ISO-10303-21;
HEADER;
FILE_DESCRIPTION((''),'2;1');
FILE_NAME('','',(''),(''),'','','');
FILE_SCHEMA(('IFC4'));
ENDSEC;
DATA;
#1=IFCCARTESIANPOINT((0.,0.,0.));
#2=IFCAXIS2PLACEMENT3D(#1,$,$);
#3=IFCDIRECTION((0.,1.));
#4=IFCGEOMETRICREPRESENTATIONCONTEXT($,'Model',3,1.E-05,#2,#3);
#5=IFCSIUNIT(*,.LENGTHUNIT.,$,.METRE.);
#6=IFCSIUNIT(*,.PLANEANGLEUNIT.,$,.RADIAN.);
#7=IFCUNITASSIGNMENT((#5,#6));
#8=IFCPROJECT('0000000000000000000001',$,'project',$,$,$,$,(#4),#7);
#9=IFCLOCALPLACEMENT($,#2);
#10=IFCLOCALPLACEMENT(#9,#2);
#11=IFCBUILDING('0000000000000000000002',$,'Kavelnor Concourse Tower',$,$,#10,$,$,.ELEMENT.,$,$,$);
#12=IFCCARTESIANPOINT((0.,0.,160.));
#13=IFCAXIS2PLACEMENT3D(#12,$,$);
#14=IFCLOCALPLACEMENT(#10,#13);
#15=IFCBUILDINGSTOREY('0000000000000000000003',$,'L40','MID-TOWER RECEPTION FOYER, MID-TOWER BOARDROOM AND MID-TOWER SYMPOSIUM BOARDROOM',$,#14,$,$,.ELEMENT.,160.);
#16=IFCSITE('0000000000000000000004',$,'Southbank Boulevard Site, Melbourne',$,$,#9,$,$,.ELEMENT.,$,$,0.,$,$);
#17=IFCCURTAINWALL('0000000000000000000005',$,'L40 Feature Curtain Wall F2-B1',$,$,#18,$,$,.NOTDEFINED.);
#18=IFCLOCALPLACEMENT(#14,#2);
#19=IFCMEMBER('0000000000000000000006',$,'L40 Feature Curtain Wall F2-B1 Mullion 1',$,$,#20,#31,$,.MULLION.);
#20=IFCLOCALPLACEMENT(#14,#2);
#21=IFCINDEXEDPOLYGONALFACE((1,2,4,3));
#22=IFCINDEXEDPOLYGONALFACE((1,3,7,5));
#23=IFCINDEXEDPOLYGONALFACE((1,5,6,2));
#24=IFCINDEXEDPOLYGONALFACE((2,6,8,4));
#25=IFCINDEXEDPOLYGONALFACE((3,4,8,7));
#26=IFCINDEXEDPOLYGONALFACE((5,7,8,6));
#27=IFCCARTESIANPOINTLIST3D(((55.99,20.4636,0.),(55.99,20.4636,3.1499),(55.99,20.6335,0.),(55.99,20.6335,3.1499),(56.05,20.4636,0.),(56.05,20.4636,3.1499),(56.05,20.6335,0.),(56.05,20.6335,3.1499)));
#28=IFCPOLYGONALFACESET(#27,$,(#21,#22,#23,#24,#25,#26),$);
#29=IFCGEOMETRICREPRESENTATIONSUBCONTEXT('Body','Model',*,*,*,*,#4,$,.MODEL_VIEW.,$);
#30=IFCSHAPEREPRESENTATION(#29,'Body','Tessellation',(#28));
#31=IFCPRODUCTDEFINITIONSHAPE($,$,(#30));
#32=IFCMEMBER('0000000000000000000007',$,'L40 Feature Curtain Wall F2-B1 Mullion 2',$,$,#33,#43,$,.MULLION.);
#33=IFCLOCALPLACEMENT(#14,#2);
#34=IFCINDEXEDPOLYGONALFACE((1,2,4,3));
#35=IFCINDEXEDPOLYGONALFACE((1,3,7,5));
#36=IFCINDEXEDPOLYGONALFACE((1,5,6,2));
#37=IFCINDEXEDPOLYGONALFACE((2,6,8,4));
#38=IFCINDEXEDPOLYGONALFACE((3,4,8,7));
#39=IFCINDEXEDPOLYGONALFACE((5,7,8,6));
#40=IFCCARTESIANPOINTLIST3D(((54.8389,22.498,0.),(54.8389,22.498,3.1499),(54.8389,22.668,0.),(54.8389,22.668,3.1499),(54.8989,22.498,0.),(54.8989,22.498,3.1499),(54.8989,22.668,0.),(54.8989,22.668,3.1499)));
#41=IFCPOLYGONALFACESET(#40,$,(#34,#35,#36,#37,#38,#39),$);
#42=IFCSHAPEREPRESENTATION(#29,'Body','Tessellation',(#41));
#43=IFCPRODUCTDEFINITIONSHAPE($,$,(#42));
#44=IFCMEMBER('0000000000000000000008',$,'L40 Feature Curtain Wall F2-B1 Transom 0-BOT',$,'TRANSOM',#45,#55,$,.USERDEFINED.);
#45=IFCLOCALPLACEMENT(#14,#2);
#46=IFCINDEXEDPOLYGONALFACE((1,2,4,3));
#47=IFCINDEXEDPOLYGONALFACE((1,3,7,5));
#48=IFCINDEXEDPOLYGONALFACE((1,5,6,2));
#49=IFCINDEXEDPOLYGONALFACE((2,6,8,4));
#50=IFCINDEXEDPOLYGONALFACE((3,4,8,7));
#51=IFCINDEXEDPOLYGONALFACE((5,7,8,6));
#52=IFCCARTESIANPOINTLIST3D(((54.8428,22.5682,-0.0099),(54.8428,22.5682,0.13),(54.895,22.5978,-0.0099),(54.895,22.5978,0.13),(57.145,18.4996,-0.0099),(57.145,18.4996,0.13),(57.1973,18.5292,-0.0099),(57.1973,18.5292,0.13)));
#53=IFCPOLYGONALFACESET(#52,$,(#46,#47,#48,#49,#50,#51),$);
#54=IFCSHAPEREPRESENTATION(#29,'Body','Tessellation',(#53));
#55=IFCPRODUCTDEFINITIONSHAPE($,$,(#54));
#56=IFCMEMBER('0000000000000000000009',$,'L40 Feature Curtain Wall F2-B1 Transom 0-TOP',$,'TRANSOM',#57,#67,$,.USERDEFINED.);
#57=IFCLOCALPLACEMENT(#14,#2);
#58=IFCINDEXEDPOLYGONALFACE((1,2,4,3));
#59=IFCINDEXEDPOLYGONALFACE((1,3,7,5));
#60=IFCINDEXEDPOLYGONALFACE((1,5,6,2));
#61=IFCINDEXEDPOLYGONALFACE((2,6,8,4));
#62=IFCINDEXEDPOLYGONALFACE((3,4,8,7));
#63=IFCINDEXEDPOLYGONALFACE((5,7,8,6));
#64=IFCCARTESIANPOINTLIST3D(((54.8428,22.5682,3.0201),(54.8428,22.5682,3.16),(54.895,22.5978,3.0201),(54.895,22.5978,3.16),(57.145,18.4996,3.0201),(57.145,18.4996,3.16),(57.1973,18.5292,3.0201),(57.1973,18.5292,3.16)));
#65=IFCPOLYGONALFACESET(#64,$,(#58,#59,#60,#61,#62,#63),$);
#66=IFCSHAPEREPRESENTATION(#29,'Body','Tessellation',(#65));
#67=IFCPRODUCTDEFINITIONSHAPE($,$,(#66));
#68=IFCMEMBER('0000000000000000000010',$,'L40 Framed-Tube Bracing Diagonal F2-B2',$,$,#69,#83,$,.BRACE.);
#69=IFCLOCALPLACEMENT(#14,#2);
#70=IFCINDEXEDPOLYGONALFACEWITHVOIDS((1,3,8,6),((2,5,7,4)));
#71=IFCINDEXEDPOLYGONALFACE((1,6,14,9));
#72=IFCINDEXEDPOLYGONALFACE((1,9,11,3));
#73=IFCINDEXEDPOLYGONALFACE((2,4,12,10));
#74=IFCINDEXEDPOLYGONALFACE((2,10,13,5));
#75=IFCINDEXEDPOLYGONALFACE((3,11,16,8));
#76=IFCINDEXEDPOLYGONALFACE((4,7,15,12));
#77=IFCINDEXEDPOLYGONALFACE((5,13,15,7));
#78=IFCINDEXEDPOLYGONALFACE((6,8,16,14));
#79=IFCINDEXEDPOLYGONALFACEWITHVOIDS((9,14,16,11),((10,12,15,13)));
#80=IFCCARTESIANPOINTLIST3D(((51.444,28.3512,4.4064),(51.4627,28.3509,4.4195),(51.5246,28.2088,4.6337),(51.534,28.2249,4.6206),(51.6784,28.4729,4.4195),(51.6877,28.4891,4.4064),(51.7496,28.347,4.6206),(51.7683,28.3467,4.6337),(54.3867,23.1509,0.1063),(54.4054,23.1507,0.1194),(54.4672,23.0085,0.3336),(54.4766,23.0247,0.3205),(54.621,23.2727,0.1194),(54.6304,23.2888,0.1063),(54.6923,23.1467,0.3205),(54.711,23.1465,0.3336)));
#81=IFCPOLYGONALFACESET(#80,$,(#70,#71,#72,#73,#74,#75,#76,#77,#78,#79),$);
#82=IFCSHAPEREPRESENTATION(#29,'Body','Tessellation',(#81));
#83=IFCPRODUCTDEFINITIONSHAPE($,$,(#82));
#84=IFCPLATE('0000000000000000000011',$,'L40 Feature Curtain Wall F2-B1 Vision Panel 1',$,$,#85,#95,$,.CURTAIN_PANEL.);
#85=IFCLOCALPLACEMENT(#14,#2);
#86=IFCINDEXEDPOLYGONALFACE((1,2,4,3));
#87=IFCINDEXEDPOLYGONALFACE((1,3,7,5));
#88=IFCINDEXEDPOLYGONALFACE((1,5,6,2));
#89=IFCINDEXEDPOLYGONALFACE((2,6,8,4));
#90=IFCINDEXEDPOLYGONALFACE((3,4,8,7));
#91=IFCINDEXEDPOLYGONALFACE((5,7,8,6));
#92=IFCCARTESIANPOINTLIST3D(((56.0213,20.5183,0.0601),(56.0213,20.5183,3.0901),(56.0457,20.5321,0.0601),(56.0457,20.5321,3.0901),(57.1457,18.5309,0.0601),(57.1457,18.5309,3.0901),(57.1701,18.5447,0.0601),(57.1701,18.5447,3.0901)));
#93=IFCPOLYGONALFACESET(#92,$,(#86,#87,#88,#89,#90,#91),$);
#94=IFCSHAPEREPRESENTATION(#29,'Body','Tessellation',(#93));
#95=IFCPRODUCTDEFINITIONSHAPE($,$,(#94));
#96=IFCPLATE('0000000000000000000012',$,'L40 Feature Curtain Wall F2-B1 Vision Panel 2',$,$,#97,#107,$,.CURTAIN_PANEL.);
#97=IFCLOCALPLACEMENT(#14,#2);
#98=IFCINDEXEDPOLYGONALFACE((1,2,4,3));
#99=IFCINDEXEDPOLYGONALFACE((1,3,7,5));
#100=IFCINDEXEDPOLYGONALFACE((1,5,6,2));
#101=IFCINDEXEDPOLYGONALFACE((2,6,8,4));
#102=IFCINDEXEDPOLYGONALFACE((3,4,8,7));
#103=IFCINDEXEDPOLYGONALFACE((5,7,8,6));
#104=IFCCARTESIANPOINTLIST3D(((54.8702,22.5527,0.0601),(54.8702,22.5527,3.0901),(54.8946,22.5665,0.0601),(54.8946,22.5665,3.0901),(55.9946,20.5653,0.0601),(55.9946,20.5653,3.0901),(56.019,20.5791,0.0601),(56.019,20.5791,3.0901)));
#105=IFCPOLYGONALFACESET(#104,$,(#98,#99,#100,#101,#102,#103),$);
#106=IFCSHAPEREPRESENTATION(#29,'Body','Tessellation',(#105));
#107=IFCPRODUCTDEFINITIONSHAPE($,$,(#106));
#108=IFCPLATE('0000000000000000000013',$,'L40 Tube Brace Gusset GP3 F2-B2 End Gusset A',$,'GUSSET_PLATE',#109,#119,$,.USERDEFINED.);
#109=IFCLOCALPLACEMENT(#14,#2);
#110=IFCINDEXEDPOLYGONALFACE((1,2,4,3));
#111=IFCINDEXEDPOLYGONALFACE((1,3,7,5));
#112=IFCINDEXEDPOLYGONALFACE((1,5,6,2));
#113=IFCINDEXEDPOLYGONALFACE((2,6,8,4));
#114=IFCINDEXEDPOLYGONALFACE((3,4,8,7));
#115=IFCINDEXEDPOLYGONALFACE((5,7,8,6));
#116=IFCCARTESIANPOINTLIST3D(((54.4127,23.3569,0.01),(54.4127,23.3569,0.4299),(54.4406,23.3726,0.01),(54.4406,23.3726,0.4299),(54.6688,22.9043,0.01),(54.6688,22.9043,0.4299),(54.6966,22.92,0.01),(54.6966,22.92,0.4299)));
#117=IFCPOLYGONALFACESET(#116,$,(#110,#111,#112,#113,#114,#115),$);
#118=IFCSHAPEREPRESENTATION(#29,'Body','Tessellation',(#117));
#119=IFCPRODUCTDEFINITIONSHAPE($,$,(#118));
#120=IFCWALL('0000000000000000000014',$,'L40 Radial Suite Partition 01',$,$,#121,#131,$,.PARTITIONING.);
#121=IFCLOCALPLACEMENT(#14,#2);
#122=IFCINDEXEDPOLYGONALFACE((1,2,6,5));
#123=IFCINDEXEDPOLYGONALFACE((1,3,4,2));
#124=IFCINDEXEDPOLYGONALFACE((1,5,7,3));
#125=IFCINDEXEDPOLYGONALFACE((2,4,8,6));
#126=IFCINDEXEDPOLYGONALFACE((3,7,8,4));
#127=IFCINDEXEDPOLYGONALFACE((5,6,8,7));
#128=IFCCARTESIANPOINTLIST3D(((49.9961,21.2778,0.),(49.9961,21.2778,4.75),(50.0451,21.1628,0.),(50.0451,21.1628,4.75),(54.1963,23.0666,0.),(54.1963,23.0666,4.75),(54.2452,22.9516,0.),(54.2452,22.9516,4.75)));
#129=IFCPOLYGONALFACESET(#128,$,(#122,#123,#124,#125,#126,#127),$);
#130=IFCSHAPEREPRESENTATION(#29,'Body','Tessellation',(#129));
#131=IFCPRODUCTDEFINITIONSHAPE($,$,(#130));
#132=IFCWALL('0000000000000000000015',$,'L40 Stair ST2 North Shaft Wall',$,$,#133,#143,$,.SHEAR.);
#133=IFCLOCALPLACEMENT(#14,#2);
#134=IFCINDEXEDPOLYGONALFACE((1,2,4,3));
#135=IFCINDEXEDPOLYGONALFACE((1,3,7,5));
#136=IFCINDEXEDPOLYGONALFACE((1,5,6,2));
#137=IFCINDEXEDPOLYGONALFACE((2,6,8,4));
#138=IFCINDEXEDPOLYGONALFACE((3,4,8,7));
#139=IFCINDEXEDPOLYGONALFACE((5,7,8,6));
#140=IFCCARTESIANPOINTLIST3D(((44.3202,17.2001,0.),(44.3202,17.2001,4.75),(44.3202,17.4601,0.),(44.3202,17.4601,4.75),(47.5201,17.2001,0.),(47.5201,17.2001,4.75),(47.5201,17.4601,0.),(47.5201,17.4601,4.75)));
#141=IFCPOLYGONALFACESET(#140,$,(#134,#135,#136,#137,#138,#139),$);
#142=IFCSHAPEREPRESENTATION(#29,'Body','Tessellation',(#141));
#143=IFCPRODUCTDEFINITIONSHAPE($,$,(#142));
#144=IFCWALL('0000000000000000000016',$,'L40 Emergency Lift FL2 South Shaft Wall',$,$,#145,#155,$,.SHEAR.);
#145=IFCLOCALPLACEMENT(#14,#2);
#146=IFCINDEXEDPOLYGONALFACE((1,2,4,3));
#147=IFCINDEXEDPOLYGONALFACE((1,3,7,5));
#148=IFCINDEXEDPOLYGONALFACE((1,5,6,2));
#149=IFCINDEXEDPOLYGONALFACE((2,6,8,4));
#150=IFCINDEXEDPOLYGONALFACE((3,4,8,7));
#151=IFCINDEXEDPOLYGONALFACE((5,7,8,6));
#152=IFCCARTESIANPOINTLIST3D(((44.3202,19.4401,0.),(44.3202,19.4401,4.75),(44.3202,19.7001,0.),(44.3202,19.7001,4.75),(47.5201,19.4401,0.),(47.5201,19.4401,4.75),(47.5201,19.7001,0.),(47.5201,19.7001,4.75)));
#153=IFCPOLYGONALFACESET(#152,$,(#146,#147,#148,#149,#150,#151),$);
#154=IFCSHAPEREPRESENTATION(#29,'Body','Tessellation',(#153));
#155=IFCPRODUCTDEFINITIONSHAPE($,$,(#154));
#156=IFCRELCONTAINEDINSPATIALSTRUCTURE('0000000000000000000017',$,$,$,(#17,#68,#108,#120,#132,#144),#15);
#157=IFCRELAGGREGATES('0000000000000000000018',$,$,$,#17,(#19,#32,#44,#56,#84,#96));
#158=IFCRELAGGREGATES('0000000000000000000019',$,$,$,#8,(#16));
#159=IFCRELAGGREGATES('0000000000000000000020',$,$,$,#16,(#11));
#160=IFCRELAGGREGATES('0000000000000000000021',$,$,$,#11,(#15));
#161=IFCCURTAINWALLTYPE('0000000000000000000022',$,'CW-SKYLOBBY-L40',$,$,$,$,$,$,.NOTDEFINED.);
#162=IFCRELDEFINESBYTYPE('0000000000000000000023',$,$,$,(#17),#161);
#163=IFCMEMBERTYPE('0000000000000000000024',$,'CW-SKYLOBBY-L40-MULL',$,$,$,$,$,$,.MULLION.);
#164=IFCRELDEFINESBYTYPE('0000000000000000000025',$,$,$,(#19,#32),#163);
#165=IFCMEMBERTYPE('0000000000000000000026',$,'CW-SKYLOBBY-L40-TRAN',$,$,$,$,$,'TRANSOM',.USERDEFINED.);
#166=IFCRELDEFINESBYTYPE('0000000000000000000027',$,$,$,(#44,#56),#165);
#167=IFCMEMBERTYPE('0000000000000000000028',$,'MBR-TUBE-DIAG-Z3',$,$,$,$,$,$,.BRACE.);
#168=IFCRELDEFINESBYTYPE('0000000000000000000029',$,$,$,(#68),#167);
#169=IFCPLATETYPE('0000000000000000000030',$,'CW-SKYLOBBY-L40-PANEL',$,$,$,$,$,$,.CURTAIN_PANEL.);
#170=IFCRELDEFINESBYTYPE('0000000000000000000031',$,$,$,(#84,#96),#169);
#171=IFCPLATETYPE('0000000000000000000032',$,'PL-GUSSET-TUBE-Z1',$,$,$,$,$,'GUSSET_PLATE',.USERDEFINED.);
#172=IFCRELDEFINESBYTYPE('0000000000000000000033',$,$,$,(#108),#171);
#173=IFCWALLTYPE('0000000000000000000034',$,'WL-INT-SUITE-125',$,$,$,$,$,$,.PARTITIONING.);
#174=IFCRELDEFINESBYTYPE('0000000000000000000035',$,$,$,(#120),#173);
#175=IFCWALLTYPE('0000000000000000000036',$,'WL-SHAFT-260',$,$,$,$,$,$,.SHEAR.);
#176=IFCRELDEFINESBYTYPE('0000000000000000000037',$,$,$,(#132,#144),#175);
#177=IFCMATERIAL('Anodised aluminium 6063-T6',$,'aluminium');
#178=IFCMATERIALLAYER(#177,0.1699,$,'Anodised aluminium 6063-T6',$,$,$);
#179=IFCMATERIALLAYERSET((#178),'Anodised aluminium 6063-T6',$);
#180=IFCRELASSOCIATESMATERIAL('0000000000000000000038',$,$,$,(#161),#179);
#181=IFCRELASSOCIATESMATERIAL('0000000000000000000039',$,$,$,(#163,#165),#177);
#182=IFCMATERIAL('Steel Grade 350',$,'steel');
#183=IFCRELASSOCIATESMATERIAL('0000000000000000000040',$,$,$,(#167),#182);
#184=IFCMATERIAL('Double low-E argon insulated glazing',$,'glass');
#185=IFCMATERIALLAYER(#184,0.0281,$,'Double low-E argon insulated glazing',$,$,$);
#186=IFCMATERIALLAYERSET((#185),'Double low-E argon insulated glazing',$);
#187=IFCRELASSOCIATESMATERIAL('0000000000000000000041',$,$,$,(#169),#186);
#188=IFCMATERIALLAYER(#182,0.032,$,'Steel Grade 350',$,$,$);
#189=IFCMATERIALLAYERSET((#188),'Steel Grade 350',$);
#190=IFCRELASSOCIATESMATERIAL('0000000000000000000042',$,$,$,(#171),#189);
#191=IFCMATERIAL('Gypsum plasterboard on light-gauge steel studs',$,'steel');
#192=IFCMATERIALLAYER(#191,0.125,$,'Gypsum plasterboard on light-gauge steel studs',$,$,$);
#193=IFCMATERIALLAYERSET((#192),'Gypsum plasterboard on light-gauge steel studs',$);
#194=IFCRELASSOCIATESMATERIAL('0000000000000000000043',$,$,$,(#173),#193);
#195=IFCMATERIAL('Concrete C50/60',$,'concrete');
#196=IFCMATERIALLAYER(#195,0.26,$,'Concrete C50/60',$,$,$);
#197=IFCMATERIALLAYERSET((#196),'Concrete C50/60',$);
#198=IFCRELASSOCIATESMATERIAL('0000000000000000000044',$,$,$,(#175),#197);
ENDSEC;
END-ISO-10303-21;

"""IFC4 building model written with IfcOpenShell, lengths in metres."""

from ifc_helpers import new_model, si_unit, direction, frame, frame_2d, origin, origin_2d, place, context, subcontext, project, spatial, rectangle, hollow_rectangle, extrude, material, layer, layer_set, material_profile, profile_set, type_object, element, aggregate, save


model = new_model("IFC4")

# Units and contexts
model_context = context("Model", 3, precision=1e-05, world=origin(), true_north=direction((0.0, 1.0)))
body_context = subcontext(model_context, "Body", "Model", "MODEL_VIEW")
ifc_project = project(units=[si_unit("LENGTHUNIT", "METRE"), si_unit("PLANEANGLEUNIT", "RADIAN")], contexts=[model_context])

# Site, building, storey
site_placement = place(None, origin())
site = spatial("IfcSite", under=ifc_project, at=site_placement, Name="Southbank Boulevard Site, Melbourne", CompositionType="ELEMENT", RefElevation=0.0)
building_placement = place(site_placement, origin())
building = spatial("IfcBuilding", under=site, at=building_placement, Name="Kavelnor Concourse Tower", CompositionType="ELEMENT")
storey_placement = place(building_placement, frame((0.0, 0.0, 160.0)))
storey = spatial("IfcBuildingStorey", under=building, at=storey_placement, Name="L40", Description="MID-TOWER RECEPTION FOYER, MID-TOWER BOARDROOM AND MID-TOWER SYMPOSIUM BOARDROOM", CompositionType="ELEMENT", Elevation=160.0)

# Shared definitions
ifc_material_1 = material(Name="Steel Grade 350", Category="steel")

# Curtain wall, members
ifc_material_2 = material(Name="Anodised aluminium 6063-T6", Category="aluminium")
ifc_layer_1 = layer(ifc_material_2, 0.1699, Name="Anodised aluminium 6063-T6")
ifc_layer_set_1 = layer_set([ifc_layer_1], Name="Anodised aluminium 6063-T6")
curtain_wall_type = type_object("IfcCurtainWallType", Name="CW-SKYLOBBY-L40", PredefinedType="NOTDEFINED", material=ifc_layer_set_1)
curtain_wall_placement = place(storey_placement, origin())
curtain_wall = element("IfcCurtainWall", 1, at=curtain_wall_placement, inside=storey, type_object=curtain_wall_type, Name="L40 Feature Curtain Wall F2-B1", PredefinedType="NOTDEFINED")
ifc_material_profile_1 = material_profile(ifc_material_2, rectangle(XDim=0.0601, YDim=0.1699, at=origin_2d()), Name="AL-MULL 60x170")
ifc_profile_set_1 = profile_set([ifc_material_profile_1], Name="Anodised aluminium 6063-T6")
member_type_1 = type_object("IfcMemberType", Name="CW-SKYLOBBY-L40-MULL", PredefinedType="MULLION", material=ifc_profile_set_1)
member_1_placement = place(storey_placement, frame((56.02, 20.5486, 0.0), z_axis=(0.0, 0.0, 1.0), x_axis=(1.0, 0.0, 0.0)))
member_1 = element("IfcMember", 2, at=member_1_placement, type_object=member_type_1, Name="L40 Feature Curtain Wall F2-B1 Mullion 1", PredefinedType="MULLION", context=body_context, shape_type="SweptSolid", body=[
    extrude(rectangle(XDim=0.0601, YDim=0.1699, at=origin_2d()), origin(), (0.0, 0.0, 1.0), 3.1499),
])
member_2_placement = place(storey_placement, frame((54.8689, 22.583, 0.0), z_axis=(0.0, 0.0, 1.0), x_axis=(1.0, 0.0, 0.0)))
member_2 = element("IfcMember", 3, at=member_2_placement, type_object=member_type_1, Name="L40 Feature Curtain Wall F2-B1 Mullion 2", PredefinedType="MULLION", context=body_context, shape_type="SweptSolid", body=[
    extrude(rectangle(XDim=0.0601, YDim=0.1699, at=origin_2d()), origin(), (0.0, 0.0, 1.0), 3.1499),
])
ifc_material_profile_2 = material_profile(ifc_material_2, rectangle(XDim=0.0601, YDim=0.1399, at=origin_2d()), Name="AL-TRAN 60x140")
ifc_profile_set_2 = profile_set([ifc_material_profile_2], Name="Anodised aluminium 6063-T6")
member_type_2 = type_object("IfcMemberType", Name="CW-SKYLOBBY-L40-TRAN", ElementType="TRANSOM", PredefinedType="USERDEFINED", material=ifc_profile_set_2)
member_3_placement = place(storey_placement, frame((57.1711, 18.5144, 0.0601), z_axis=(-0.492479, 0.870324, 0.0), x_axis=(-0.870324, -0.492479, 0.0)))
member_3 = element("IfcMember", 4, at=member_3_placement, type_object=member_type_2, Name="L40 Feature Curtain Wall F2-B1 Transom 0-BOT", ObjectType="TRANSOM", PredefinedType="USERDEFINED", context=body_context, shape_type="SweptSolid", body=[
    extrude(rectangle(XDim=0.0601, YDim=0.1399, at=origin_2d()), origin(), (0.0, 0.0, 1.0), 4.6748),
])
member_4_placement = place(storey_placement, frame((57.1711, 18.5144, 3.0901), z_axis=(-0.492479, 0.870324, 0.0), x_axis=(-0.870324, -0.492479, 0.0)))
member_4 = element("IfcMember", 5, at=member_4_placement, type_object=member_type_2, Name="L40 Feature Curtain Wall F2-B1 Transom 0-TOP", ObjectType="TRANSOM", PredefinedType="USERDEFINED", context=body_context, shape_type="SweptSolid", body=[
    extrude(rectangle(XDim=0.0601, YDim=0.1399, at=origin_2d()), origin(), (0.0, 0.0, 1.0), 4.6748),
])

# Member
ifc_material_profile_3 = material_profile(ifc_material_1, hollow_rectangle(XDim=0.28, YDim=0.28, WallThickness=0.0161, at=origin_2d()), Name="SHS 280x280x16")
ifc_profile_set_3 = profile_set([ifc_material_profile_3], Name="Steel Grade 350")
member_type_3 = type_object("IfcMemberType", Name="MBR-TUBE-DIAG-Z3", PredefinedType="BRACE", material=ifc_profile_set_3)
member_5_placement = place(storey_placement, frame((54.5488, 23.1487, 0.22), z_axis=(-0.399733, 0.706405, 0.584128), x_axis=(-0.87032, -0.492487, 0.0)))
element("IfcMember", 6, at=member_5_placement, inside=storey, type_object=member_type_3, Name="L40 Framed-Tube Bracing Diagonal F2-B2", PredefinedType="BRACE", context=body_context, shape_type="SweptSolid", body=[
    extrude(hollow_rectangle(XDim=0.28, YDim=0.28, WallThickness=0.0161, at=origin_2d()), origin(), (0.0, 0.0, 1.0), 7.3616),
])

# Plates
ifc_material_3 = material(Name="Double low-E argon insulated glazing", Category="glass")
ifc_layer_2 = layer(ifc_material_3, 0.0281, Name="Double low-E argon insulated glazing")
ifc_layer_set_2 = layer_set([ifc_layer_2], Name="Double low-E argon insulated glazing")
plate_type_1 = type_object("IfcPlateType", Name="CW-SKYLOBBY-L40-PANEL", PredefinedType="CURTAIN_PANEL", material=ifc_layer_set_2)
plate_1_placement = place(storey_placement, frame((56.5957, 19.5315, 0.0601), z_axis=(0.0, 0.0, 1.0), x_axis=(-0.492424, 0.870356, 0.0)))
plate_1 = element("IfcPlate", 7, at=plate_1_placement, type_object=plate_type_1, Name="L40 Feature Curtain Wall F2-B1 Vision Panel 1", PredefinedType="CURTAIN_PANEL", context=body_context, shape_type="SweptSolid", body=[
    extrude(rectangle(XDim=2.2834, YDim=0.0281, at=origin_2d()), origin(), (0.0, 0.0, 1.0), 3.03),
])
plate_2_placement = place(storey_placement, frame((55.4446, 21.5659, 0.0601), z_axis=(0.0, 0.0, 1.0), x_axis=(-0.492424, 0.870356, 0.0)))
plate_2 = element("IfcPlate", 8, at=plate_2_placement, type_object=plate_type_1, Name="L40 Feature Curtain Wall F2-B1 Vision Panel 2", PredefinedType="CURTAIN_PANEL", context=body_context, shape_type="SweptSolid", body=[
    extrude(rectangle(XDim=2.2834, YDim=0.0281, at=origin_2d()), origin(), (0.0, 0.0, 1.0), 3.03),
])
aggregate(curtain_wall, [member_1, member_2, member_3, member_4, plate_1, plate_2])
ifc_layer_3 = layer(ifc_material_1, 0.032, Name="Steel Grade 350")
ifc_layer_set_3 = layer_set([ifc_layer_3], Name="Steel Grade 350")
plate_type_2 = type_object("IfcPlateType", Name="PL-GUSSET-TUBE-Z1", ElementType="GUSSET_PLATE", PredefinedType="USERDEFINED", material=ifc_layer_set_3)
plate_3_placement = place(storey_placement, frame((54.5547, 23.1384, 0.01), z_axis=(0.0, 0.0, 1.0), x_axis=(-0.492424, 0.870356, 0.0)))
element("IfcPlate", 9, at=plate_3_placement, inside=storey, type_object=plate_type_2, Name="L40 Tube Brace Gusset GP3 F2-B2 End Gusset A", ObjectType="GUSSET_PLATE", PredefinedType="USERDEFINED", context=body_context, shape_type="SweptSolid", body=[
    extrude(rectangle(XDim=0.52, YDim=0.032, at=origin_2d()), origin(), (0.0, 0.0, 1.0), 0.4199),
])

# Walls
ifc_material_4 = material(Name="Gypsum plasterboard on light-gauge steel studs", Category="steel")
ifc_layer_4 = layer(ifc_material_4, 0.125, Name="Gypsum plasterboard on light-gauge steel studs")
ifc_layer_set_4 = layer_set([ifc_layer_4], Name="Gypsum plasterboard on light-gauge steel studs")
wall_type_1 = type_object("IfcWallType", Name="WL-INT-SUITE-125", PredefinedType="PARTITIONING", material=ifc_layer_set_4)
wall_placement = place(storey_placement, frame((50.0205, 21.2202, 0.0), z_axis=(0.0, 0.0, 1.0), x_axis=(0.920036, 0.391834, 0.0)))
element("IfcWall", 10, at=wall_placement, inside=storey, type_object=wall_type_1, Name="L40 Radial Suite Partition 01", PredefinedType="PARTITIONING", context=body_context, shape_type="SweptSolid", body=[
    extrude(rectangle(XDim=4.5652, YDim=0.125, at=frame_2d((2.2827, 0.0))), origin(), (0.0, 0.0, 1.0), 4.75),
])
ifc_material_5 = material(Name="Concrete C50/60", Category="concrete")
ifc_layer_5 = layer(ifc_material_5, 0.26, Name="Concrete C50/60")
ifc_layer_set_5 = layer_set([ifc_layer_5], Name="Concrete C50/60")
wall_type_2 = type_object("IfcWallType", Name="WL-SHAFT-260", PredefinedType="SHEAR", material=ifc_layer_set_5)
for number, where, z_axis, x_axis, name in (
    (11, (44.3201, 17.3301, 0.0), (0.0, 0.0, 1.0), (1.0, 0.0, 0.0), "L40 Stair ST2 North Shaft Wall"),
    (12, (44.3201, 19.5701, 0.0), (0.0, 0.0, 1.0), (1.0, 0.0, 0.0), "L40 Emergency Lift FL2 South Shaft Wall"),
):
    element("IfcWall", number, at=place(storey_placement, frame(where, z_axis=z_axis, x_axis=x_axis)), inside=storey, type_object=wall_type_2, Name=name, PredefinedType="SHEAR", context=body_context, shape_type="SweptSolid", body=[
        extrude(rectangle(XDim=3.2, YDim=0.26, at=frame_2d((1.6001, 0.0))), origin(), (0.0, 0.0, 1.0), 4.75),
    ])

save(model, "model.ifc")
